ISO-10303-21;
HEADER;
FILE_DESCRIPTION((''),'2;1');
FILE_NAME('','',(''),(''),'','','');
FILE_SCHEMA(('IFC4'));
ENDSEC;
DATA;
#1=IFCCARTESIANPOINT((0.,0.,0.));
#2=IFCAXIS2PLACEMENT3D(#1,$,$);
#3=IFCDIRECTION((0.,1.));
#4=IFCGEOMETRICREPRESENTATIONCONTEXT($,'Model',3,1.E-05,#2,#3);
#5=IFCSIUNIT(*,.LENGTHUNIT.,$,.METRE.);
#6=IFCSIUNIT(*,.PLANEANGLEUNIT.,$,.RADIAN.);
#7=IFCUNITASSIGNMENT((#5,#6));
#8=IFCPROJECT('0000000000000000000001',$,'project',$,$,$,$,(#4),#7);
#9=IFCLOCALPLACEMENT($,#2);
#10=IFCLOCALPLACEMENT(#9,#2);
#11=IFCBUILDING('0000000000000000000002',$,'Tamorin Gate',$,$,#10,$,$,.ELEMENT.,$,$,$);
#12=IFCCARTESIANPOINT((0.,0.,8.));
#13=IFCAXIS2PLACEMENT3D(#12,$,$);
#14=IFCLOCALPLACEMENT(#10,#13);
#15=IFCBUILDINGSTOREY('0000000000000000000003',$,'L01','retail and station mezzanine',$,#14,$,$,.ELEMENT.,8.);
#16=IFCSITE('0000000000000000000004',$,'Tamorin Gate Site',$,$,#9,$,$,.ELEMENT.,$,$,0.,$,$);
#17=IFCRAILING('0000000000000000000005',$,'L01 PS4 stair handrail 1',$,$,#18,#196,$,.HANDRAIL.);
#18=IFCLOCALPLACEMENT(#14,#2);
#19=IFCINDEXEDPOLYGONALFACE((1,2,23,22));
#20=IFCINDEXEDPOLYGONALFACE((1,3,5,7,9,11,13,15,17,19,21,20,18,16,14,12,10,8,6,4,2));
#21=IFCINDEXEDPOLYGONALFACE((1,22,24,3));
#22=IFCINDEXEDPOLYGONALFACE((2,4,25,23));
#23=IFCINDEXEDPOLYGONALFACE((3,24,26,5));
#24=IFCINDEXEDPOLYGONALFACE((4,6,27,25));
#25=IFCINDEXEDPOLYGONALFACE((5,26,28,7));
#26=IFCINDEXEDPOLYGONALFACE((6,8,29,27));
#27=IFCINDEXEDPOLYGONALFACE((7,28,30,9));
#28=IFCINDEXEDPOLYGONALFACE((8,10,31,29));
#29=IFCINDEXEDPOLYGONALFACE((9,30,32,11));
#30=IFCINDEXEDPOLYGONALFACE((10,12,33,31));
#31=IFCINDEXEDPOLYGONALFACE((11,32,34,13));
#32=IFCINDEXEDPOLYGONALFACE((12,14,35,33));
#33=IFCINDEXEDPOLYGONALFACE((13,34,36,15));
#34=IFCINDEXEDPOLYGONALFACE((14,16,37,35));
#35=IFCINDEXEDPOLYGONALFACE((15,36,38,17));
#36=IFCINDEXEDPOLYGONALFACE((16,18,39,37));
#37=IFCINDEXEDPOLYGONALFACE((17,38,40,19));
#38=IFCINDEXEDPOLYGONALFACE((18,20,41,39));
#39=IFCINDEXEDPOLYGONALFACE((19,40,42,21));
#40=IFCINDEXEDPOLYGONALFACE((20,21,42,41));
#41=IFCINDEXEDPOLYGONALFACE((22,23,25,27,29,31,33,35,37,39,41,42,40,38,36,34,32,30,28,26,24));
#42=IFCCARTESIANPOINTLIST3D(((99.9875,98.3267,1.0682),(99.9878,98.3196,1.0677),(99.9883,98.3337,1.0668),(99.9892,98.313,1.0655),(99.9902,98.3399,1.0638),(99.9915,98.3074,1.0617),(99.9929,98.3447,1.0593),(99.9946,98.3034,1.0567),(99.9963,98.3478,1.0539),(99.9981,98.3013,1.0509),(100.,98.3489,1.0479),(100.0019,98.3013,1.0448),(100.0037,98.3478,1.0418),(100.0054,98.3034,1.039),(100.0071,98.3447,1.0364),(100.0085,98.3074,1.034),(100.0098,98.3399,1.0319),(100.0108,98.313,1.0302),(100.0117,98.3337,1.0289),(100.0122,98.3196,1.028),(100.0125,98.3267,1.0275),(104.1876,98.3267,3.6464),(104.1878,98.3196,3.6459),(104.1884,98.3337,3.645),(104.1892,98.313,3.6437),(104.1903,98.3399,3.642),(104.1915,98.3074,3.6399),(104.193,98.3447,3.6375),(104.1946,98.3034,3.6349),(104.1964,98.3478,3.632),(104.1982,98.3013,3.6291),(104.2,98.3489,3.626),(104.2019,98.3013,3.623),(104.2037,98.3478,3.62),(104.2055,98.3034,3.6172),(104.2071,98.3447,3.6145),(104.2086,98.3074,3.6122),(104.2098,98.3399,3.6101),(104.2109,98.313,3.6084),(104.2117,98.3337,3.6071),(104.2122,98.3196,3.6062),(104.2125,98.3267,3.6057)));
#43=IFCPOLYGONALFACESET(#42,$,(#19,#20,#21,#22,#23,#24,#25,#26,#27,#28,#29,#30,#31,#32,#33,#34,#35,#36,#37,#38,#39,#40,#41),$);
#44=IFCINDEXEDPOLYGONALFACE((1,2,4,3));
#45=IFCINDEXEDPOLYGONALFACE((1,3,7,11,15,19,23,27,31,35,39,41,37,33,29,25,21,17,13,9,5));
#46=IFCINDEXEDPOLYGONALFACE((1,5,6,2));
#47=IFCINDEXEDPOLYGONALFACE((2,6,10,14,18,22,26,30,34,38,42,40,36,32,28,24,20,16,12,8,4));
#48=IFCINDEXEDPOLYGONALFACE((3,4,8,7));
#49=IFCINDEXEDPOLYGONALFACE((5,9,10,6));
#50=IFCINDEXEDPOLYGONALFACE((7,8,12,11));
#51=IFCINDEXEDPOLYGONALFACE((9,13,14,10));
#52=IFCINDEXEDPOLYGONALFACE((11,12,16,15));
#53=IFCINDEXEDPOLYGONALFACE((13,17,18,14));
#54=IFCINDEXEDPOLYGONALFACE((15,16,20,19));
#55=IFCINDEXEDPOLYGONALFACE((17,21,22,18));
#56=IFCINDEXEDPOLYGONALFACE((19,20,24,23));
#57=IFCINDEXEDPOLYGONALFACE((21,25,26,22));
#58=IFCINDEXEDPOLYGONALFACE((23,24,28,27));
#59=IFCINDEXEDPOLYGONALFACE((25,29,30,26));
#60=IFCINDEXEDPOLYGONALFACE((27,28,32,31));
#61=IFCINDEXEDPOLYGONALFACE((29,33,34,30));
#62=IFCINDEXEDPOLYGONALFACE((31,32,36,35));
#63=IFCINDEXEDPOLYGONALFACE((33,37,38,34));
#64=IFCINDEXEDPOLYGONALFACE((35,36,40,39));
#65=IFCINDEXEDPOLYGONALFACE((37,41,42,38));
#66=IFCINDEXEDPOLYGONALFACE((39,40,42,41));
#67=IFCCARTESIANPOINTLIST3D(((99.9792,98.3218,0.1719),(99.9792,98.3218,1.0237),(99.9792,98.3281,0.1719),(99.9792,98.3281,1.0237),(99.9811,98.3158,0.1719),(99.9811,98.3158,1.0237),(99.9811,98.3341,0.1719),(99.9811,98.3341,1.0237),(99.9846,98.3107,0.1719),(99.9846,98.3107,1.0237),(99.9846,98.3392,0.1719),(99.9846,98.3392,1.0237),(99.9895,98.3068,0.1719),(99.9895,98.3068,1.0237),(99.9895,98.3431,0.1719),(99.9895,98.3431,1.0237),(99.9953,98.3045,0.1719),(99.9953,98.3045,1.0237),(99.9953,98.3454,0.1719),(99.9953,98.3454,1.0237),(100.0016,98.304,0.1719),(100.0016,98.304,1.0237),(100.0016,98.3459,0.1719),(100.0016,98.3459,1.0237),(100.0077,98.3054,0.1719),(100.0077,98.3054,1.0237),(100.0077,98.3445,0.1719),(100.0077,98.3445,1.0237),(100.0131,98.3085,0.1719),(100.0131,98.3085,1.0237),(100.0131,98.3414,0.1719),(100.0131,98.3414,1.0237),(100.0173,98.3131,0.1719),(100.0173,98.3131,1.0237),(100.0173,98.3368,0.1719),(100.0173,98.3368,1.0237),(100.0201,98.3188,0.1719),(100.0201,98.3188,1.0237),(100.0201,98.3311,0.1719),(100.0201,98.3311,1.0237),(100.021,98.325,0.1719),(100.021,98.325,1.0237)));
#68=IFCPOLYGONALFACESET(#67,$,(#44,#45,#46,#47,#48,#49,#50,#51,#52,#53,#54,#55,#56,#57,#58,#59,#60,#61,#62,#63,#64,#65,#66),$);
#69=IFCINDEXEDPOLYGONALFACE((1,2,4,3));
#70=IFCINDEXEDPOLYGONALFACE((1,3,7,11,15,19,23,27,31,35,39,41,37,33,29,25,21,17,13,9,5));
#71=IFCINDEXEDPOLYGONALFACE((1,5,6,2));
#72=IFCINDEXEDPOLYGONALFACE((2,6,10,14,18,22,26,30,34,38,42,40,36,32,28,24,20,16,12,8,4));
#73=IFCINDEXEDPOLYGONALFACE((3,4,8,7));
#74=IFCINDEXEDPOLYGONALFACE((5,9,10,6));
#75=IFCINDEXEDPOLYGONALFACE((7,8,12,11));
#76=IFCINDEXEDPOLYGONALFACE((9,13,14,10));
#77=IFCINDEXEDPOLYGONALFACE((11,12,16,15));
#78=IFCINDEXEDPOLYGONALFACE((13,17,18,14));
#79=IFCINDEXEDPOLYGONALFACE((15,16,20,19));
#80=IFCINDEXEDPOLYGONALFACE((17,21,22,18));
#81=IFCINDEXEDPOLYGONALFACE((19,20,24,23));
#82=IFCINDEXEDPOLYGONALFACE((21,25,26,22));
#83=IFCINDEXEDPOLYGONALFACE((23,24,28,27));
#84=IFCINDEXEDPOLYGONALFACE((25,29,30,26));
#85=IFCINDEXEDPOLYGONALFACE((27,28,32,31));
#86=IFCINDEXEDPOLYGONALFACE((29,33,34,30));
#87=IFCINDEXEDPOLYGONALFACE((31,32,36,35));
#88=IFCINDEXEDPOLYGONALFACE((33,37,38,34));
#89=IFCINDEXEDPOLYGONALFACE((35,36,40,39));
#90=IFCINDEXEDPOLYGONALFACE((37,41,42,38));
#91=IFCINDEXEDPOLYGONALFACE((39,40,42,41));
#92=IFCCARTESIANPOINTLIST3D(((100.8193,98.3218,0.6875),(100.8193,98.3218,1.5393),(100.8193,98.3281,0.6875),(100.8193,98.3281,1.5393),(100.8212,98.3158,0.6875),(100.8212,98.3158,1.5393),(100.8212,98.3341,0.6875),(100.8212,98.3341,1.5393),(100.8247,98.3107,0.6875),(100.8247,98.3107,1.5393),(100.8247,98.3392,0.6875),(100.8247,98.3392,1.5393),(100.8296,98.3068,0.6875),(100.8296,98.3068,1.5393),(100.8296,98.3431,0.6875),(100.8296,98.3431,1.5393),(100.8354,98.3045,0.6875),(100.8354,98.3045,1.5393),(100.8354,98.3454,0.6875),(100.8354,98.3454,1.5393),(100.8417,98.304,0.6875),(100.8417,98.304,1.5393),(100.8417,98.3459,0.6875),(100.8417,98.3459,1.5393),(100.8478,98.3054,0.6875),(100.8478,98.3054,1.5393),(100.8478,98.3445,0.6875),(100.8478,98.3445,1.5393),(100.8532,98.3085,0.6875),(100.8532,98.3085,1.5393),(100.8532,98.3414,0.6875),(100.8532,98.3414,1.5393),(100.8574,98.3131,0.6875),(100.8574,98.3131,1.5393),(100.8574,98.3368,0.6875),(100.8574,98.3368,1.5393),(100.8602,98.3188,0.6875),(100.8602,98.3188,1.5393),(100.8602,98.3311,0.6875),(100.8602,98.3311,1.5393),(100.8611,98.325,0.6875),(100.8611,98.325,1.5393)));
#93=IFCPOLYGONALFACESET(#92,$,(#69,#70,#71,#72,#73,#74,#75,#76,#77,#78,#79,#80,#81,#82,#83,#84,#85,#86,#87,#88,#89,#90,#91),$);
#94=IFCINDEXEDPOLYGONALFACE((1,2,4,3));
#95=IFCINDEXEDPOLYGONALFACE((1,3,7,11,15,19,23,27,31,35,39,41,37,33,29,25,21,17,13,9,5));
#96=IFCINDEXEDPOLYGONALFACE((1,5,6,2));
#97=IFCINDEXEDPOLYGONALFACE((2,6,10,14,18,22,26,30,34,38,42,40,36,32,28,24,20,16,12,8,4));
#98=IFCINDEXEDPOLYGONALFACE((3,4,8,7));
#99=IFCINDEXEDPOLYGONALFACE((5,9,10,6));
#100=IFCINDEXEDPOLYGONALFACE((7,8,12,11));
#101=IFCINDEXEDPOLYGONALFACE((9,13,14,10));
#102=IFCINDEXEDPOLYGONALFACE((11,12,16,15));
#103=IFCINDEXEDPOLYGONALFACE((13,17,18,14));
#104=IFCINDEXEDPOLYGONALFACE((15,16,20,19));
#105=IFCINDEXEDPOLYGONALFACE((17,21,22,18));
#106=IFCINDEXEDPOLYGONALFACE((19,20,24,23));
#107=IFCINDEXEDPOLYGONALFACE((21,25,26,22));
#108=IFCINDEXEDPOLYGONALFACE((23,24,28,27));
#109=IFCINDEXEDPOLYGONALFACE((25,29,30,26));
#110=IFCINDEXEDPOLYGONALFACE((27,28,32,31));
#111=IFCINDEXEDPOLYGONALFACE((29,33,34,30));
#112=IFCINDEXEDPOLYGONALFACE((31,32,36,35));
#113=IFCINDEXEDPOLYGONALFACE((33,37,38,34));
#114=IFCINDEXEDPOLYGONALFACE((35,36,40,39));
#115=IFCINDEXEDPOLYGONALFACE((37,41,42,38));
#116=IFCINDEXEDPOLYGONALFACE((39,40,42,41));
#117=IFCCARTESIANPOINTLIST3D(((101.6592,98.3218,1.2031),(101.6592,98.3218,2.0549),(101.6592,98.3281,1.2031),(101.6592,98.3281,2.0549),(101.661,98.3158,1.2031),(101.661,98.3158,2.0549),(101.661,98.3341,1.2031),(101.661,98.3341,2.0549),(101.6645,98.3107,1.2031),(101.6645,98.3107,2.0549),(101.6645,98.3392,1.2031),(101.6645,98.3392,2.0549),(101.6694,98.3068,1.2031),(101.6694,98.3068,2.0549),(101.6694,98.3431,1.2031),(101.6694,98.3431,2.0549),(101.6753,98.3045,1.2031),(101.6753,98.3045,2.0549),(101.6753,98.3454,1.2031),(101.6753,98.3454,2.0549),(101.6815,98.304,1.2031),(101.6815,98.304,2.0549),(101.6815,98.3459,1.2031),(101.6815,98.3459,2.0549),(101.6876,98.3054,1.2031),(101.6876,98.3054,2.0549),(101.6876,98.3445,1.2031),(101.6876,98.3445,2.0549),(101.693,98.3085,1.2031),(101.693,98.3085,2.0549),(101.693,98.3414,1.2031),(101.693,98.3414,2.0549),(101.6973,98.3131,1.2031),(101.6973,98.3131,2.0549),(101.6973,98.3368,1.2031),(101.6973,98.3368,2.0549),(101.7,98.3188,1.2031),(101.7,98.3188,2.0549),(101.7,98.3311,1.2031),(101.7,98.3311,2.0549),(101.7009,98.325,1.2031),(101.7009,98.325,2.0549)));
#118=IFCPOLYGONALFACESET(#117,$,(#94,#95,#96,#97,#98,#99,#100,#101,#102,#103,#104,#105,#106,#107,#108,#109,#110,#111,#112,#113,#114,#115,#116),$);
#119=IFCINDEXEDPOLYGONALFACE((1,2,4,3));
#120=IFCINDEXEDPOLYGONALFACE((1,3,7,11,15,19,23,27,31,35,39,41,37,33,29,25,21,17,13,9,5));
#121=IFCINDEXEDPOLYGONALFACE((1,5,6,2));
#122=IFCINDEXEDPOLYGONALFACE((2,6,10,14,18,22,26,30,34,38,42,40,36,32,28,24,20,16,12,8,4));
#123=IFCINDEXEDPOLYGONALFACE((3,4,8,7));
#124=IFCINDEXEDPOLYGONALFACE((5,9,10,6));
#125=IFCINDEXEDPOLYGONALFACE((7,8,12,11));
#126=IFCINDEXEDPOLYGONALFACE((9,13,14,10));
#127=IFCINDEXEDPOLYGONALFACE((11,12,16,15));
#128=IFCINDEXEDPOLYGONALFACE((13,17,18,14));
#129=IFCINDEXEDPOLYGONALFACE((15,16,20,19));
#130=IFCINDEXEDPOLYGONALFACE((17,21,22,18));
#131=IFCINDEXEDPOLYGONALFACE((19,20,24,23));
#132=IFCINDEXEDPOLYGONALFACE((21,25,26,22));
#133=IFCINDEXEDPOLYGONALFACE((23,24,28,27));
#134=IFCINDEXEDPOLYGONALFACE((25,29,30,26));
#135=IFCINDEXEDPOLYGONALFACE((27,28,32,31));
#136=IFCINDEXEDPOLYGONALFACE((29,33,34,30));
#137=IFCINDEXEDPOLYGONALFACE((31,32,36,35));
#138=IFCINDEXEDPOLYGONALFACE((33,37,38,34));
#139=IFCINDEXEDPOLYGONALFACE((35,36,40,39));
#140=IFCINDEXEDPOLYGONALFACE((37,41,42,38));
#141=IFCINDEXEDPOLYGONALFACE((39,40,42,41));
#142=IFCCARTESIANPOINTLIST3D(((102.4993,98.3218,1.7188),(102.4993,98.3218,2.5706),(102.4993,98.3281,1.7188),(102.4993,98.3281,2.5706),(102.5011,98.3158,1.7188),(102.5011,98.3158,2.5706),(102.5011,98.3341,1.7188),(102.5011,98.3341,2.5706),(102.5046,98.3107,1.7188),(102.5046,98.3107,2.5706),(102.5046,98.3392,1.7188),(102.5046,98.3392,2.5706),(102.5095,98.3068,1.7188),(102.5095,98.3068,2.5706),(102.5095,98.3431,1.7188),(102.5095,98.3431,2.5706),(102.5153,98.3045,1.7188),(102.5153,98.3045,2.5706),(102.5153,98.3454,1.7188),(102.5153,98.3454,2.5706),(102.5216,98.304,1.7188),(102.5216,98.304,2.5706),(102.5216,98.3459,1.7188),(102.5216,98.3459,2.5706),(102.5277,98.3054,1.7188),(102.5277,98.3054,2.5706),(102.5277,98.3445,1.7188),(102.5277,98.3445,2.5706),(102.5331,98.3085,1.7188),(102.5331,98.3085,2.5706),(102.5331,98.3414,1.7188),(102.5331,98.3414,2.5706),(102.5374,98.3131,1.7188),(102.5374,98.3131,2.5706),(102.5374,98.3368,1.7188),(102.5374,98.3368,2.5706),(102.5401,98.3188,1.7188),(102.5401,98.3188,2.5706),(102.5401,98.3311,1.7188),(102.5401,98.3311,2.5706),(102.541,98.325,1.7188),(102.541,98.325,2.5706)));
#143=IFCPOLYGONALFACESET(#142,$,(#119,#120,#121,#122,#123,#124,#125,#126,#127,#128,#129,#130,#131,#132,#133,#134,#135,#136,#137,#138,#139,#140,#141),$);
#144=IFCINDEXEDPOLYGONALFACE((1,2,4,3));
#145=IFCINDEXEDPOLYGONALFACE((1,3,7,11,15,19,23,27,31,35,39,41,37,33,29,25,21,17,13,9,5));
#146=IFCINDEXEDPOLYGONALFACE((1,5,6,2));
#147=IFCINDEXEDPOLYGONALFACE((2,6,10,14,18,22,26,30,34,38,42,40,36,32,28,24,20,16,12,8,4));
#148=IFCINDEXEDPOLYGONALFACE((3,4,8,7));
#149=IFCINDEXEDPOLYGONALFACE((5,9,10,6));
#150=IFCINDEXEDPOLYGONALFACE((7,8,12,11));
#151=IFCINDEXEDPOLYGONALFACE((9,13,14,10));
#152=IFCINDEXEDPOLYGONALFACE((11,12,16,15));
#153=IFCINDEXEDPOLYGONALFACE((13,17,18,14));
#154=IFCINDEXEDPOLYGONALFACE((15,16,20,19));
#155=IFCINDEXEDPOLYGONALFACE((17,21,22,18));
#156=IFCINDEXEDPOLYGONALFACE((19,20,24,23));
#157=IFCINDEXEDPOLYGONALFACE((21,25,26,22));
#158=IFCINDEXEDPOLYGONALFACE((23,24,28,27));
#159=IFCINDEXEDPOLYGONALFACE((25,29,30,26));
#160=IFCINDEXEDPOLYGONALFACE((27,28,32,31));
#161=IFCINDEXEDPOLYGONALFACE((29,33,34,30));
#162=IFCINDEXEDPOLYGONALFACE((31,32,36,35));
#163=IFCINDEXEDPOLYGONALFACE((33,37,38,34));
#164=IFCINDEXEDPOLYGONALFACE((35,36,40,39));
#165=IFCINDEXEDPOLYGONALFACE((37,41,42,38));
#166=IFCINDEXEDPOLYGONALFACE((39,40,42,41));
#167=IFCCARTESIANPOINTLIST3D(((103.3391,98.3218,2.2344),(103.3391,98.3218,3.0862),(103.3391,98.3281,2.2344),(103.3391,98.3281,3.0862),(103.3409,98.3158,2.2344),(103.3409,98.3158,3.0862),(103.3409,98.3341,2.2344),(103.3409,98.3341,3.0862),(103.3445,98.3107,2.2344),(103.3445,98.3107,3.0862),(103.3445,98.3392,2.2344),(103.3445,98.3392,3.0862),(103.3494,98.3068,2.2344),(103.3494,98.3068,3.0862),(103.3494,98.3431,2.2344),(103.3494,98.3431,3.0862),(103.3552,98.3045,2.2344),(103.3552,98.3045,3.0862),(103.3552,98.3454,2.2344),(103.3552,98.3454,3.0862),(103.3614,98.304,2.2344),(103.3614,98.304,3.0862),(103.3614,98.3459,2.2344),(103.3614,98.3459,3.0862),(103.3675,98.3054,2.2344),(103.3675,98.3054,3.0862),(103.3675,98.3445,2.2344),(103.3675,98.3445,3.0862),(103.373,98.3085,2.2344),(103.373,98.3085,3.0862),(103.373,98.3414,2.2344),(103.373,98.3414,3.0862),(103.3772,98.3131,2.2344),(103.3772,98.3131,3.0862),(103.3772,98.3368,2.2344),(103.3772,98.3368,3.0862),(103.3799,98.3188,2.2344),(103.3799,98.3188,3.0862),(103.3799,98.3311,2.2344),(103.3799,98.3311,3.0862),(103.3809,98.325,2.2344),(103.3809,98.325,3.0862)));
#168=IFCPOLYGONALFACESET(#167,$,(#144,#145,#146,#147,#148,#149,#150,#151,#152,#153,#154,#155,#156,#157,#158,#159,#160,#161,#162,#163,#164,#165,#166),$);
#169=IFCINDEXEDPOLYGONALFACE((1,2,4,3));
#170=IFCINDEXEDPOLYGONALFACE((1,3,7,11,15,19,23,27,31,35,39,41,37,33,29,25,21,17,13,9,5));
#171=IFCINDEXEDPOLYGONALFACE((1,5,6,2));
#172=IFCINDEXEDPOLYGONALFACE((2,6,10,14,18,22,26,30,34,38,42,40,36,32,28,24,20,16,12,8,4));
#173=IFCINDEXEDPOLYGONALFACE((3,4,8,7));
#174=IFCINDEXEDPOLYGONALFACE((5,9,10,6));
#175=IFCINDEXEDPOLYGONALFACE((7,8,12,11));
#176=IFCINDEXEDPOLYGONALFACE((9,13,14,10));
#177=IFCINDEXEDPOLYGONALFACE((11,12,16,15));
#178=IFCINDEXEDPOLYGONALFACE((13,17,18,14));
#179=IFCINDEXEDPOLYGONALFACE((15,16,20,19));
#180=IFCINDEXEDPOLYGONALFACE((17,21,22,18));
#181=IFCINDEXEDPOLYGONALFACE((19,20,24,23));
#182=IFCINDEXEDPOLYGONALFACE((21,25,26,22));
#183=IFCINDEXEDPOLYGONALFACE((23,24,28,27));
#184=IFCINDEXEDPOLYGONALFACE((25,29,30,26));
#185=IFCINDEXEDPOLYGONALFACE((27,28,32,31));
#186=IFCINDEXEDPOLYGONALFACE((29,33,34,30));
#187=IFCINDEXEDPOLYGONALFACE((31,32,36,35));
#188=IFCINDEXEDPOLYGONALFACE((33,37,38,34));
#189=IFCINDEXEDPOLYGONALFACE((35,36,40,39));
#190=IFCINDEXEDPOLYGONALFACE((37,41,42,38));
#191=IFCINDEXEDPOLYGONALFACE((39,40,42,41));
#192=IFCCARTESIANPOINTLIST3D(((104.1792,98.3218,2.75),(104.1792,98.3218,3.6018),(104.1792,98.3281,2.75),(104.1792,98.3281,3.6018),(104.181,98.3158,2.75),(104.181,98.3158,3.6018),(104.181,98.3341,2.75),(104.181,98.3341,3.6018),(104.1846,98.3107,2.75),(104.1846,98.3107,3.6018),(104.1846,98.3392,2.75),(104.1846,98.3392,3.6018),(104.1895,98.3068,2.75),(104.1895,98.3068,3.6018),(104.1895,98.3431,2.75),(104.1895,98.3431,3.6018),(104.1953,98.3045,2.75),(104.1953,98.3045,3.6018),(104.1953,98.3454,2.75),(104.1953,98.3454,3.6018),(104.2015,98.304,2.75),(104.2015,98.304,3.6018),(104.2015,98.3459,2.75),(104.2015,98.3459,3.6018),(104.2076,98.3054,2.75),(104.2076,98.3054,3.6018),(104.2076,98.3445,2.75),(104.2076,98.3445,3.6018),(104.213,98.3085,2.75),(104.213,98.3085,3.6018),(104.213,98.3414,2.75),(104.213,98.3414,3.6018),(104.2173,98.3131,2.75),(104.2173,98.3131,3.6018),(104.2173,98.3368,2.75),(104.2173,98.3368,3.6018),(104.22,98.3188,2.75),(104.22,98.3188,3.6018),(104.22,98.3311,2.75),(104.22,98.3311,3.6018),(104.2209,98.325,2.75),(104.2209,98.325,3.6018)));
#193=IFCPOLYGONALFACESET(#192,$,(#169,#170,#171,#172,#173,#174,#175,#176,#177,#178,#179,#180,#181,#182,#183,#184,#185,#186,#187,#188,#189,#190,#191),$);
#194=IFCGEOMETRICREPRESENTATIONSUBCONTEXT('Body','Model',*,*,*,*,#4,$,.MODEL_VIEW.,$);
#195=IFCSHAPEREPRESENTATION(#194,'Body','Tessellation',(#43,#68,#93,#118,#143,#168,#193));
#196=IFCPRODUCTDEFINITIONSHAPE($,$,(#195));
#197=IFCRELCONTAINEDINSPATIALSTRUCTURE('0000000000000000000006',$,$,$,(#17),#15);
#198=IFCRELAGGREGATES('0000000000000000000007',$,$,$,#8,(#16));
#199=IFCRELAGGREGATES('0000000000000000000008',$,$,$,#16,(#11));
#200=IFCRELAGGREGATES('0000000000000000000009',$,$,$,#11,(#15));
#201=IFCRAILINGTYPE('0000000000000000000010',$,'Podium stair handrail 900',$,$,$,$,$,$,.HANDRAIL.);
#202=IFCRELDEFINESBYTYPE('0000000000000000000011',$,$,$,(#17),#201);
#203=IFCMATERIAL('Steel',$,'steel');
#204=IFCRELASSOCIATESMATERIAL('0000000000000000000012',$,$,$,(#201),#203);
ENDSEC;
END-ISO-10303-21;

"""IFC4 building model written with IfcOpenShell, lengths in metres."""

from ifc_helpers import new_model, si_unit, direction, frame, origin, origin_2d, place, context, subcontext, project, spatial, circle, extrude, material, type_object, element, save


model = new_model("IFC4")

# Units and contexts
model_context = context("Model", 3, precision=1e-05, world=origin(), true_north=direction((0.0, 1.0)))
body_context = subcontext(model_context, "Body", "Model", "MODEL_VIEW")
ifc_project = project(units=[si_unit("LENGTHUNIT", "METRE"), si_unit("PLANEANGLEUNIT", "RADIAN")], contexts=[model_context])

# Site, building, storey
site_placement = place(None, origin())
site = spatial("IfcSite", under=ifc_project, at=site_placement, Name="Tamorin Gate Site", CompositionType="ELEMENT", RefElevation=0.0)
building_placement = place(site_placement, origin())
building = spatial("IfcBuilding", under=site, at=building_placement, Name="Tamorin Gate", CompositionType="ELEMENT")
storey_placement = place(building_placement, frame((0.0, 0.0, 8.0)))
storey = spatial("IfcBuildingStorey", under=building, at=storey_placement, Name="L01", Description="retail and station mezzanine", CompositionType="ELEMENT", Elevation=8.0)

# Railing
ifc_material_1 = material(Name="Steel", Category="steel")
railing_type_1 = type_object("IfcRailingType", Name="Podium stair handrail 900", PredefinedType="HANDRAIL", material=ifc_material_1)
railing_1_placement = place(storey_placement, frame((100.0, 98.325, 0.1719)))
element("IfcRailing", 1, at=railing_1_placement, inside=storey, type_object=railing_type_1, Name="L01 PS4 stair handrail 1", PredefinedType="HANDRAIL", context=body_context, shape_type="SweptSolid", body=[
    extrude(circle(Radius=0.0239, at=origin_2d()), frame((0.0, 0.0, 0.876), z_axis=(0.852243, 0.0, 0.523146), x_axis=(0.0, 1.0, 0.0)), (0.0, 0.0, 1.0), 4.9282),
    extrude(circle(Radius=0.021, at=origin_2d()), origin(), (0.0, 0.0, 1.0), 0.8518),
    extrude(circle(Radius=0.021, at=origin_2d()), frame((0.8401, 0.0, 0.5156)), (0.0, 0.0, 1.0), 0.8518),
    extrude(circle(Radius=0.021, at=origin_2d()), frame((1.6799, 0.0, 1.0312)), (0.0, 0.0, 1.0), 0.8518),
    extrude(circle(Radius=0.021, at=origin_2d()), frame((2.52, 0.0, 1.5469)), (0.0, 0.0, 1.0), 0.8518),
    extrude(circle(Radius=0.021, at=origin_2d()), frame((3.3599, 0.0, 2.0625)), (0.0, 0.0, 1.0), 0.8518),
    extrude(circle(Radius=0.021, at=origin_2d()), frame((4.2, 0.0, 2.5781)), (0.0, 0.0, 1.0), 0.8518),
])

save(model, "model.ifc")
